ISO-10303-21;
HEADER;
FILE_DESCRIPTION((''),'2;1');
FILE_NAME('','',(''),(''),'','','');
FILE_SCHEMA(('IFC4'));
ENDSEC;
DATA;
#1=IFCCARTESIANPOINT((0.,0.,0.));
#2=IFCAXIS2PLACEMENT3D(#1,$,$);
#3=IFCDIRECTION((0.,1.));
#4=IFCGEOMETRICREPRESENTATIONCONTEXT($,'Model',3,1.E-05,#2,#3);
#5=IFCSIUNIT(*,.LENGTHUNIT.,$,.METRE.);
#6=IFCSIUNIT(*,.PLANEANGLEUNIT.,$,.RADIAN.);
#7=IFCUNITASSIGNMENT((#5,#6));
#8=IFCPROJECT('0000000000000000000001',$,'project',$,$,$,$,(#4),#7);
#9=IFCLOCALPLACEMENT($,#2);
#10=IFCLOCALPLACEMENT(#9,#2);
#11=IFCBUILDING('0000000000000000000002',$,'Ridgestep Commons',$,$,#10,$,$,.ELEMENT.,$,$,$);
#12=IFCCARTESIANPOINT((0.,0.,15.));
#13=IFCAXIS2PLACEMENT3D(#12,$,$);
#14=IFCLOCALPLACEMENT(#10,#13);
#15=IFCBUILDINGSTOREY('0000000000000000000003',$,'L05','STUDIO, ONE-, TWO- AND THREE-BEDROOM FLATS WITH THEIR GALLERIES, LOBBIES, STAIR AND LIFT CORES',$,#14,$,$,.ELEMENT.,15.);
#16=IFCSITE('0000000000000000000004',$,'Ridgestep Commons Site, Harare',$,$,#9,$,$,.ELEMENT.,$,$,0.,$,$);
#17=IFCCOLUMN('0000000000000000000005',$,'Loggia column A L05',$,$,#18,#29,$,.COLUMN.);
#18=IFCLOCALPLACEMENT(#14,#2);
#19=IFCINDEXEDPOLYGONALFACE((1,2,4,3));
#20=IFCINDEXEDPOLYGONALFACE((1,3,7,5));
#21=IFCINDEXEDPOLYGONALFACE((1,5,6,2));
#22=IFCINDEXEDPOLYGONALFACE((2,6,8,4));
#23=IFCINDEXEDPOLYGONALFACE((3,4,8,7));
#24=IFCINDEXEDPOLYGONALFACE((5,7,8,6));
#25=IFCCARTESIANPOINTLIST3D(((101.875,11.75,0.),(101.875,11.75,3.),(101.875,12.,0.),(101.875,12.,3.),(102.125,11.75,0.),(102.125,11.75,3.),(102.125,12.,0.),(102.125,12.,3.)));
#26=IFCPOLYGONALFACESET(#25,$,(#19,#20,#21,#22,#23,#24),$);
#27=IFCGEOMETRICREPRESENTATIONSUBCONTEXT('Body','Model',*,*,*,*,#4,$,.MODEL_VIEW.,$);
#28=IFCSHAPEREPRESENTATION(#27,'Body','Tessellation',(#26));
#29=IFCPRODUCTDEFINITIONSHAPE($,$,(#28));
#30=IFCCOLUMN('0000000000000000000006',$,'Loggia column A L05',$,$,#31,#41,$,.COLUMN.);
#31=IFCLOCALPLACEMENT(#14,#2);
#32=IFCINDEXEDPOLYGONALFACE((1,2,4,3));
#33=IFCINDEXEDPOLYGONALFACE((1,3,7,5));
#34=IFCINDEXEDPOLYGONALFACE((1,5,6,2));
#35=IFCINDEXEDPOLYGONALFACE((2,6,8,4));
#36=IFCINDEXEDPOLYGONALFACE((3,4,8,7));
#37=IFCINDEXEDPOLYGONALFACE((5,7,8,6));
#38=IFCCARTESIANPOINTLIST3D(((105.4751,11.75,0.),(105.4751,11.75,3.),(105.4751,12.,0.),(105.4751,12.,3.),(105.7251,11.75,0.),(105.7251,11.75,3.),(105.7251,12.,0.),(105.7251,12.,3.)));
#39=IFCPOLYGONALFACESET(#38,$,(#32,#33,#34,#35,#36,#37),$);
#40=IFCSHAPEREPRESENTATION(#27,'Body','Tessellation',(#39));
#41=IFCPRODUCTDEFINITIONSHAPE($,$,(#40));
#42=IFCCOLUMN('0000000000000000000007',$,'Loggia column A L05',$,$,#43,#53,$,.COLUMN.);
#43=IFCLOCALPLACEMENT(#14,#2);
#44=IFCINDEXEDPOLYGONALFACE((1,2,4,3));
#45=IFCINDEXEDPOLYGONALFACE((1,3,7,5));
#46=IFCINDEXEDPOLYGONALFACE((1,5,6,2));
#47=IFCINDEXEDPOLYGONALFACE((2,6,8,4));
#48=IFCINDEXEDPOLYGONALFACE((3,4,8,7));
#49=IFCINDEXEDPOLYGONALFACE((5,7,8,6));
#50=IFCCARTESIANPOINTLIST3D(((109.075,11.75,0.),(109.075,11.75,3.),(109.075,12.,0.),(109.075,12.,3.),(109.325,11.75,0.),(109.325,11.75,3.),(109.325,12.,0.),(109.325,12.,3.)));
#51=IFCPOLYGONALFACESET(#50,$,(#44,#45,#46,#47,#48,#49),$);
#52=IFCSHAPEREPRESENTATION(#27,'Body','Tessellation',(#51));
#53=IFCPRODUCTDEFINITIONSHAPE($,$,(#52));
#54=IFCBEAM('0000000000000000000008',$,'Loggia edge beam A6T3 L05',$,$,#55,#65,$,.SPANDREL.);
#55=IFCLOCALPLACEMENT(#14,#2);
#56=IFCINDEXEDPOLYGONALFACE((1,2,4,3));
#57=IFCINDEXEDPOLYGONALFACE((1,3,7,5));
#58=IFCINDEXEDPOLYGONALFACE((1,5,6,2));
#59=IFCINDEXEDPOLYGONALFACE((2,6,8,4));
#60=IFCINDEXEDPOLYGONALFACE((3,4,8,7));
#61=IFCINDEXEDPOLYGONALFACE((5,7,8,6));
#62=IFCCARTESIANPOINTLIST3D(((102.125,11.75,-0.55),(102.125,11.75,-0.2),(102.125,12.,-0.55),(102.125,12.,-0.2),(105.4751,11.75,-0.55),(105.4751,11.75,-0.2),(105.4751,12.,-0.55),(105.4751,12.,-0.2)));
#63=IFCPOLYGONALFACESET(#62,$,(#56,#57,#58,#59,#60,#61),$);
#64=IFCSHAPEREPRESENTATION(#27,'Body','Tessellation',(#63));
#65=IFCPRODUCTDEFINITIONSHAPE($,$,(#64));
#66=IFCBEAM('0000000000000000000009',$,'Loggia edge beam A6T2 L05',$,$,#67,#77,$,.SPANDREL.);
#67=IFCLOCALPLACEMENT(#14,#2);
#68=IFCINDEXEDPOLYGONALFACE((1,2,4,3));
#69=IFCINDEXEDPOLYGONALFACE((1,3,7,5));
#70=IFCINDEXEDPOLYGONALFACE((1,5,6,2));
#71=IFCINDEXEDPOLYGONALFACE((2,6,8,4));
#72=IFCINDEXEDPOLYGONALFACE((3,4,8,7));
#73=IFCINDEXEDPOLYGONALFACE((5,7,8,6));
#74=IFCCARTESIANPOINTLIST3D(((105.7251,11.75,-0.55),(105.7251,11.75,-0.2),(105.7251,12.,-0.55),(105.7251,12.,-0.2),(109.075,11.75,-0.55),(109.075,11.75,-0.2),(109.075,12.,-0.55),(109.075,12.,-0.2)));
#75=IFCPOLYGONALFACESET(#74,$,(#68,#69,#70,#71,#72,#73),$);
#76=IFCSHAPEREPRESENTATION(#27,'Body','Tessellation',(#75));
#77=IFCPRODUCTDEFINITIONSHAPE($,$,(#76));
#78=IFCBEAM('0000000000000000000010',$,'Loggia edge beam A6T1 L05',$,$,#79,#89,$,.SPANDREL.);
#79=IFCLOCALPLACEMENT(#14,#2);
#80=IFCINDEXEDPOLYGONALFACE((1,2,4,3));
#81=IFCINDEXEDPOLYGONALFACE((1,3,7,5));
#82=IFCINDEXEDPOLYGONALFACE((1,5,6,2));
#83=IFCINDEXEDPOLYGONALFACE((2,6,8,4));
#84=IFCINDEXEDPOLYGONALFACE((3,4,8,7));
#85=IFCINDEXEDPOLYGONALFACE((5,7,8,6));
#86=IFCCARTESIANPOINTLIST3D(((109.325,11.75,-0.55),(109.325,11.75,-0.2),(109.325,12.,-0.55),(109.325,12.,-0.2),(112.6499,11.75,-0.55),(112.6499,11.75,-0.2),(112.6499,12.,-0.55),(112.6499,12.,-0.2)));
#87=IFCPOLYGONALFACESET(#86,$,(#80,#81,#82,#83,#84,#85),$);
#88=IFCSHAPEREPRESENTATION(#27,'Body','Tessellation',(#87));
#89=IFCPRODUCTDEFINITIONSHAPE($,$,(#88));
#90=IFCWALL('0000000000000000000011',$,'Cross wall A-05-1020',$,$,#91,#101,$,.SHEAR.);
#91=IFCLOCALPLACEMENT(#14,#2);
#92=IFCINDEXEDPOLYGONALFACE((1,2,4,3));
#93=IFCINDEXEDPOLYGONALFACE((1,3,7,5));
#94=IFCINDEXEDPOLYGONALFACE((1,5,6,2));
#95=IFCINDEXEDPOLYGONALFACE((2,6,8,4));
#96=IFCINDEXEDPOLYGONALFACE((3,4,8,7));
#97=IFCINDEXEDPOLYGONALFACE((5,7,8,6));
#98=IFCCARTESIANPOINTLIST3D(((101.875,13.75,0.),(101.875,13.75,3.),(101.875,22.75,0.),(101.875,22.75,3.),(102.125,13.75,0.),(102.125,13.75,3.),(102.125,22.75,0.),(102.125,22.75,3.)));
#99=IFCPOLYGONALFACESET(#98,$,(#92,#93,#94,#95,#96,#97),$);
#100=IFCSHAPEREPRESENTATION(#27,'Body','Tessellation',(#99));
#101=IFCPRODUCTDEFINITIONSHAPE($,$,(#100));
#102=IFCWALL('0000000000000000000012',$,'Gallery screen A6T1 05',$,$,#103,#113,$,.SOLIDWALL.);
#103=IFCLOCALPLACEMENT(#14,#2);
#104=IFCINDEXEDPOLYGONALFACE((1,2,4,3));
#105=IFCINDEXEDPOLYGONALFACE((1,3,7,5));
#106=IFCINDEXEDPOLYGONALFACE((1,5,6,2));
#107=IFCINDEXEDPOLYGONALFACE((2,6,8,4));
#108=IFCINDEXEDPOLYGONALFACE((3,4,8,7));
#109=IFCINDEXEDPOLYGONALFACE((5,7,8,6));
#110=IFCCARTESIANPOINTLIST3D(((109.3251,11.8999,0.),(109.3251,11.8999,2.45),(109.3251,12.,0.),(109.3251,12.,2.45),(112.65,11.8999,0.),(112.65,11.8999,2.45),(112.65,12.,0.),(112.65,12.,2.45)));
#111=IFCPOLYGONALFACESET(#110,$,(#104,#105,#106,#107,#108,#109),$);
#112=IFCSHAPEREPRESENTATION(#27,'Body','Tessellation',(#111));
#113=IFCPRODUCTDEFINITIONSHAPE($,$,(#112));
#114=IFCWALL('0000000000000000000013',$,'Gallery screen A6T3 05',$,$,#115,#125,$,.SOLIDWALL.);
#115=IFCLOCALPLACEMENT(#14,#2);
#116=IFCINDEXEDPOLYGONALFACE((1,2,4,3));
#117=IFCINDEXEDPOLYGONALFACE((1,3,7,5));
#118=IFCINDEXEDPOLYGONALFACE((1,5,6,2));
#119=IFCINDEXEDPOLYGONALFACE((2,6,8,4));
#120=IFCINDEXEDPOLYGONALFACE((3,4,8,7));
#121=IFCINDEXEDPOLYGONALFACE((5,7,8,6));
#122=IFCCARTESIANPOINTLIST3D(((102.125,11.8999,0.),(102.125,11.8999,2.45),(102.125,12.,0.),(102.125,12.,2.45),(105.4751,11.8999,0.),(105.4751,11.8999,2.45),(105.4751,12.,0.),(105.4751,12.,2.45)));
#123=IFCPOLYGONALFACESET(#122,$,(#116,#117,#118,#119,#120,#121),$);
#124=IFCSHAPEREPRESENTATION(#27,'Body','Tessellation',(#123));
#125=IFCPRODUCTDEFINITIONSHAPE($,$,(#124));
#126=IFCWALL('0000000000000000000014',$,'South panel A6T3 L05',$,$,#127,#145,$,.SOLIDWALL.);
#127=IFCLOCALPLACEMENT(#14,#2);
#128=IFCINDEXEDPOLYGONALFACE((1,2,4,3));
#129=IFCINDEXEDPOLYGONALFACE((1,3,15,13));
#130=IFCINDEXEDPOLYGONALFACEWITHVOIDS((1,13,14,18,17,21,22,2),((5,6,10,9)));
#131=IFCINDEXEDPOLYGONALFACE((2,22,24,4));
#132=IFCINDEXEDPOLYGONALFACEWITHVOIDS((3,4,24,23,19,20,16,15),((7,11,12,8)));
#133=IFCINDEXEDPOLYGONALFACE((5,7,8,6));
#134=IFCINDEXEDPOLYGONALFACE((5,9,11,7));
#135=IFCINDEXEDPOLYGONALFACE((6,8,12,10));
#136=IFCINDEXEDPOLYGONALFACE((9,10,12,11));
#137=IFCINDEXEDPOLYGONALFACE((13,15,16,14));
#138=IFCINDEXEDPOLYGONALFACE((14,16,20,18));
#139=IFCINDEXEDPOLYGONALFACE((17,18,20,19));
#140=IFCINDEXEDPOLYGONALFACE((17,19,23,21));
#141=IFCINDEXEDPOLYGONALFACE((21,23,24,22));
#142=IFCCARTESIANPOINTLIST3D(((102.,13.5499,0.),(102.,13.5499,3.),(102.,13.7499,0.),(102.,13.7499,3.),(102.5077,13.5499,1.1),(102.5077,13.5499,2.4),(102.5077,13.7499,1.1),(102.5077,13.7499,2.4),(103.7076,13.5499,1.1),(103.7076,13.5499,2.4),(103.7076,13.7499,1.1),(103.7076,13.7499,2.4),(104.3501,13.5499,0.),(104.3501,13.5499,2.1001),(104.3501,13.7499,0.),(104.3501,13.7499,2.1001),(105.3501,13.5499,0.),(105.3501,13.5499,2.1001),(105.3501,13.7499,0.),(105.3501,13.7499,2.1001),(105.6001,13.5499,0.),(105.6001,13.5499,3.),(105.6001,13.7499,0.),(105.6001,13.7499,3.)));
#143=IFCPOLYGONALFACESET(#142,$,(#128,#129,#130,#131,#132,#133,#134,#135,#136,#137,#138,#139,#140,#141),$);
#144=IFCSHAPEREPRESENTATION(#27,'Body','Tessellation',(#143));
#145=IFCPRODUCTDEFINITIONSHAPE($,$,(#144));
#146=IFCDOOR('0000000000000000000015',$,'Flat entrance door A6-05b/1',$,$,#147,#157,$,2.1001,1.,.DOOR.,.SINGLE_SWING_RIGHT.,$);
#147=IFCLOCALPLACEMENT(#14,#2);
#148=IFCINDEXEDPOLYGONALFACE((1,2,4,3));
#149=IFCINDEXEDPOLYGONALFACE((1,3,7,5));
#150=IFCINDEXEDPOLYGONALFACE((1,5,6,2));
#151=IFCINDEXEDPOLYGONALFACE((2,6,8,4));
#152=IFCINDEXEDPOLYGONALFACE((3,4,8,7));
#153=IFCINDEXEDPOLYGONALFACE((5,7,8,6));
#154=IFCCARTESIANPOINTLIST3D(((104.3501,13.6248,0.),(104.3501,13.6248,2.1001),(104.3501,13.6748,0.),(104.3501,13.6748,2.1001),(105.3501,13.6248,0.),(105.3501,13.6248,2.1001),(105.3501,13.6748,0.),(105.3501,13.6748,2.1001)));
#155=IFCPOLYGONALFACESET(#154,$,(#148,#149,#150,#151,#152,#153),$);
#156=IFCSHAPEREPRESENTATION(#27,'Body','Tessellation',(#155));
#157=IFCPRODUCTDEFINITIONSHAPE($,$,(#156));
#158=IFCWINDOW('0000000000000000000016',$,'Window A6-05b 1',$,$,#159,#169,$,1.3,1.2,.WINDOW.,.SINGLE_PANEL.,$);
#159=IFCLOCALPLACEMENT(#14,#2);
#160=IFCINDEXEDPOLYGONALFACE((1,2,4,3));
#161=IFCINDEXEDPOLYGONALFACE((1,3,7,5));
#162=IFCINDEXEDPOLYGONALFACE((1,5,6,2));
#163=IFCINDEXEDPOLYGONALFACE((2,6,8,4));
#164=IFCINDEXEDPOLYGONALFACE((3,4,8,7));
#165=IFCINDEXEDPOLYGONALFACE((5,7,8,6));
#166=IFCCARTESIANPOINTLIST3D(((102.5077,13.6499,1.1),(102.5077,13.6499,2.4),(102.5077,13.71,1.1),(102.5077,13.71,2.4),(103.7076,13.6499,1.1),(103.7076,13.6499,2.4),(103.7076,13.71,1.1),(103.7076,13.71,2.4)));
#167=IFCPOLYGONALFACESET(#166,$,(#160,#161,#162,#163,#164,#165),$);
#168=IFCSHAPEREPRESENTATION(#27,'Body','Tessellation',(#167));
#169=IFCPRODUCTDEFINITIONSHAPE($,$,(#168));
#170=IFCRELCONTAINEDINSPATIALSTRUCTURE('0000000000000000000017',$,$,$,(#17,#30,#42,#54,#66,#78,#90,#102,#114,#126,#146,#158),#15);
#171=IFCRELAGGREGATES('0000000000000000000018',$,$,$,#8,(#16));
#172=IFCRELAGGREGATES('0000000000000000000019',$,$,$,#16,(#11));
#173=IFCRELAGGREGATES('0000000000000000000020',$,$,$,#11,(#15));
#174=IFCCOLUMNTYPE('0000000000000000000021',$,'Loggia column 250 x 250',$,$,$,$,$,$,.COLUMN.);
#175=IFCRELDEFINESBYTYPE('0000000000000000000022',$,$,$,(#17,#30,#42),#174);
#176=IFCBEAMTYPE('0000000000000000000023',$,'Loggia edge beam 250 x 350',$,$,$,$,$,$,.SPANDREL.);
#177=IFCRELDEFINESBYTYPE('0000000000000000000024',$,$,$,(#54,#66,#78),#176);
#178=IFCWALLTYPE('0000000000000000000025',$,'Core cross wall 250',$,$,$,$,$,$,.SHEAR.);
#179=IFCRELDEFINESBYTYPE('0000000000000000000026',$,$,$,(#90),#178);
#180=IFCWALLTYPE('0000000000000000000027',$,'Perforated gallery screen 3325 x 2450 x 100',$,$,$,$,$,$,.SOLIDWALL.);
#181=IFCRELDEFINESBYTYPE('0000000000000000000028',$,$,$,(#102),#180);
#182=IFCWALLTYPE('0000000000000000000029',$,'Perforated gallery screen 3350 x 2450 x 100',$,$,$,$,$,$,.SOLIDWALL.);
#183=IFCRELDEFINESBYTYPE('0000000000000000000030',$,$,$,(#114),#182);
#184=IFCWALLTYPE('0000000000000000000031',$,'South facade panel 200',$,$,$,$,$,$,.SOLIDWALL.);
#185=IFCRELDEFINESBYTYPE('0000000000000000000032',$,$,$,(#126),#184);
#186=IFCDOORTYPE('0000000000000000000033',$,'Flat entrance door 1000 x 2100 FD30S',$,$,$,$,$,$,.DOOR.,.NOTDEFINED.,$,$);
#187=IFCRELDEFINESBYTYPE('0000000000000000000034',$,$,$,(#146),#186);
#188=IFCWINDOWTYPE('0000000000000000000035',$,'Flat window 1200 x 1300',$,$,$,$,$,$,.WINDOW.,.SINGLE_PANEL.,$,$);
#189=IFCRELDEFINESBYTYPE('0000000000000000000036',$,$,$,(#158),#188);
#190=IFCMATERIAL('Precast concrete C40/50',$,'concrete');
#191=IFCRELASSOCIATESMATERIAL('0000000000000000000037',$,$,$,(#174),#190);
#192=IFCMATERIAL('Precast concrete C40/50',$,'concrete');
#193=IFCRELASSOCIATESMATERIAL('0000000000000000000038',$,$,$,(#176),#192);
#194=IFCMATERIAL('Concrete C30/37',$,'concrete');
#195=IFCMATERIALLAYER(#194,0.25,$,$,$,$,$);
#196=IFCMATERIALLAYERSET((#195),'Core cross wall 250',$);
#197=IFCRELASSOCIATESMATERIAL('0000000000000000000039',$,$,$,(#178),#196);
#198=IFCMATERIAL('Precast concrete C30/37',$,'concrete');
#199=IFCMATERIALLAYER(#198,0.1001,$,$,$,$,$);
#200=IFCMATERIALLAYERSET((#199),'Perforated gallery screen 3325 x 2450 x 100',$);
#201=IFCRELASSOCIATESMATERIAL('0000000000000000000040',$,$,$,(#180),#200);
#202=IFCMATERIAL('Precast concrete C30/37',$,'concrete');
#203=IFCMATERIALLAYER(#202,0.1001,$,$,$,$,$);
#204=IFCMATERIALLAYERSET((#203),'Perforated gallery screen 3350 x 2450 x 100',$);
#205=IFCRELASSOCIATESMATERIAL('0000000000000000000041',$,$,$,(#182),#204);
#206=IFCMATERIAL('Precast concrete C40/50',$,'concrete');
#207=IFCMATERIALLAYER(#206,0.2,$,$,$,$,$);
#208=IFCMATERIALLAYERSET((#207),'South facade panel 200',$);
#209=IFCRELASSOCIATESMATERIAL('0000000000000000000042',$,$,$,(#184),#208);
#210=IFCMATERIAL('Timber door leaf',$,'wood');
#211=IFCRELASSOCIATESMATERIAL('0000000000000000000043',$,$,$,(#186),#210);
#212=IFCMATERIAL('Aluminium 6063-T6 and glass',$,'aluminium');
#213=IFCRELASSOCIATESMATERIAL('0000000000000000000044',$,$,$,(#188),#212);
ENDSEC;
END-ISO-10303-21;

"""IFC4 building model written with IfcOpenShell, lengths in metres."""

from ifc_helpers import new_model, si_unit, direction, frame, frame_2d, origin, origin_2d, place, context, subcontext, project, spatial, rectangle, extrude, material, layer, layer_set, material_profile, profile_set, type_object, element, fill, save


model = new_model("IFC4")

# Units and contexts
model_context = context("Model", 3, precision=1e-05, world=origin(), true_north=direction((0.0, 1.0)))
body_context = subcontext(model_context, "Body", "Model", "MODEL_VIEW")
ifc_project = project(units=[si_unit("LENGTHUNIT", "METRE"), si_unit("PLANEANGLEUNIT", "RADIAN")], contexts=[model_context])

# Site, building, storey
site_placement = place(None, origin())
site = spatial("IfcSite", under=ifc_project, at=site_placement, Name="Ridgestep Commons Site, Harare", CompositionType="ELEMENT", RefElevation=0.0)
building_placement = place(site_placement, origin())
building = spatial("IfcBuilding", under=site, at=building_placement, Name="Ridgestep Commons", CompositionType="ELEMENT")
storey_placement = place(building_placement, frame((0.0, 0.0, 15.0)))
storey = spatial("IfcBuildingStorey", under=building, at=storey_placement, Name="L05", Description="STUDIO, ONE-, TWO- AND THREE-BEDROOM FLATS WITH THEIR GALLERIES, LOBBIES, STAIR AND LIFT CORES", CompositionType="ELEMENT", Elevation=15.0)

# Columns
ifc_material_1 = material(Name="Precast concrete C40/50", Category="concrete")
ifc_material_profile_1 = material_profile(ifc_material_1, rectangle(XDim=0.25, YDim=0.25, at=origin_2d()), Name="PC 250x250")
ifc_profile_set_1 = profile_set([ifc_material_profile_1], Name="Precast concrete C40/50")
column_type = type_object("IfcColumnType", Name="Loggia column 250 x 250", PredefinedType="COLUMN", material=ifc_profile_set_1)
for number, where, z_axis, x_axis, name in (
    (1, (102.0, 11.875, 0.0), (0.0, 0.0, 1.0), (1.0, 0.0, 0.0), "Loggia column A L05"),
    (2, (105.6001, 11.875, 0.0), (0.0, 0.0, 1.0), (1.0, 0.0, 0.0), "Loggia column A L05"),
    (3, (109.2, 11.875, 0.0), (0.0, 0.0, 1.0), (1.0, 0.0, 0.0), "Loggia column A L05"),
):
    element("IfcColumn", number, at=place(storey_placement, frame(where, z_axis=z_axis, x_axis=x_axis)), inside=storey, type_object=column_type, Name=name, PredefinedType="COLUMN", context=body_context, shape_type="SweptSolid", body=[
        extrude(rectangle(XDim=0.25, YDim=0.25, at=origin_2d()), origin(), (0.0, 0.0, 1.0), 3.0),
    ])

# Beams
ifc_material_2 = material(Name="Precast concrete C40/50", Category="concrete")
ifc_material_profile_2 = material_profile(ifc_material_2, rectangle(XDim=0.25, YDim=0.3501, at=origin_2d()), Name="PC 250x350")
ifc_profile_set_2 = profile_set([ifc_material_profile_2], Name="Precast concrete C40/50")
beam_type = type_object("IfcBeamType", Name="Loggia edge beam 250 x 350", PredefinedType="SPANDREL", material=ifc_profile_set_2)
beam_1_placement = place(storey_placement, frame((102.125, 11.875, -0.375), z_axis=(1.0, 0.0, 0.0), x_axis=(0.0, 1.0, 0.0)))
element("IfcBeam", 4, at=beam_1_placement, inside=storey, type_object=beam_type, Name="Loggia edge beam A6T3 L05", PredefinedType="SPANDREL", context=body_context, shape_type="SweptSolid", body=[
    extrude(rectangle(XDim=0.25, YDim=0.3501, at=origin_2d()), origin(), (0.0, 0.0, 1.0), 3.3501),
])
beam_2_placement = place(storey_placement, frame((105.7251, 11.875, -0.375), z_axis=(1.0, 0.0, 0.0), x_axis=(0.0, 1.0, 0.0)))
element("IfcBeam", 5, at=beam_2_placement, inside=storey, type_object=beam_type, Name="Loggia edge beam A6T2 L05", PredefinedType="SPANDREL", context=body_context, shape_type="SweptSolid", body=[
    extrude(rectangle(XDim=0.25, YDim=0.3501, at=origin_2d()), origin(), (0.0, 0.0, 1.0), 3.3499),
])
beam_3_placement = place(storey_placement, frame((109.325, 11.875, -0.375), z_axis=(1.0, 0.0, 0.0), x_axis=(0.0, 1.0, 0.0)))
element("IfcBeam", 6, at=beam_3_placement, inside=storey, type_object=beam_type, Name="Loggia edge beam A6T1 L05", PredefinedType="SPANDREL", context=body_context, shape_type="SweptSolid", body=[
    extrude(rectangle(XDim=0.25, YDim=0.3501, at=origin_2d()), origin(), (0.0, 0.0, 1.0), 3.325),
])

# Walls
ifc_material_3 = material(Name="Concrete C30/37", Category="concrete")
ifc_layer_1 = layer(ifc_material_3, 0.25)
ifc_layer_set_1 = layer_set([ifc_layer_1], Name="Core cross wall 250")
wall_type_1 = type_object("IfcWallType", Name="Core cross wall 250", PredefinedType="SHEAR", material=ifc_layer_set_1)
wall_1_placement = place(storey_placement, frame((102.0, 13.75, 0.0), z_axis=(0.0, 0.0, 1.0), x_axis=(0.0, 1.0, 0.0)))
element("IfcWall", 7, at=wall_1_placement, inside=storey, type_object=wall_type_1, Name="Cross wall A-05-1020", PredefinedType="SHEAR", context=body_context, shape_type="SweptSolid", body=[
    extrude(rectangle(XDim=9.0, YDim=0.25, at=frame_2d((4.5, 0.0))), origin(), (0.0, 0.0, 1.0), 3.0),
])
ifc_material_4 = material(Name="Precast concrete C30/37", Category="concrete")
ifc_layer_2 = layer(ifc_material_4, 0.1001)
ifc_layer_set_2 = layer_set([ifc_layer_2], Name="Perforated gallery screen 3325 x 2450 x 100")
wall_type_2 = type_object("IfcWallType", Name="Perforated gallery screen 3325 x 2450 x 100", PredefinedType="SOLIDWALL", material=ifc_layer_set_2)
wall_2_placement = place(storey_placement, frame((109.325, 11.95, 0.0), z_axis=(0.0, 0.0, 1.0), x_axis=(1.0, 0.0, 0.0)))
element("IfcWall", 8, at=wall_2_placement, inside=storey, type_object=wall_type_2, Name="Gallery screen A6T1 05", PredefinedType="SOLIDWALL", context=body_context, shape_type="SweptSolid", body=[
    extrude(rectangle(XDim=3.325, YDim=0.1001, at=frame_2d((1.6626, 0.0))), origin(), (0.0, 0.0, 1.0), 2.45),
])
ifc_material_5 = material(Name="Precast concrete C30/37", Category="concrete")
ifc_layer_3 = layer(ifc_material_5, 0.1001)
ifc_layer_set_3 = layer_set([ifc_layer_3], Name="Perforated gallery screen 3350 x 2450 x 100")
wall_type_3 = type_object("IfcWallType", Name="Perforated gallery screen 3350 x 2450 x 100", PredefinedType="SOLIDWALL", material=ifc_layer_set_3)
wall_3_placement = place(storey_placement, frame((102.125, 11.95, 0.0), z_axis=(0.0, 0.0, 1.0), x_axis=(1.0, 0.0, 0.0)))
element("IfcWall", 9, at=wall_3_placement, inside=storey, type_object=wall_type_3, Name="Gallery screen A6T3 05", PredefinedType="SOLIDWALL", context=body_context, shape_type="SweptSolid", body=[
    extrude(rectangle(XDim=3.3501, YDim=0.1001, at=frame_2d((1.675, 0.0))), origin(), (0.0, 0.0, 1.0), 2.45),
])

# Wall, openings, door, window
ifc_material_6 = material(Name="Precast concrete C40/50", Category="concrete")
ifc_layer_4 = layer(ifc_material_6, 0.2)
ifc_layer_set_4 = layer_set([ifc_layer_4], Name="South facade panel 200")
wall_type_4 = type_object("IfcWallType", Name="South facade panel 200", PredefinedType="SOLIDWALL", material=ifc_layer_set_4)
wall_4_placement = place(storey_placement, frame((102.0, 13.6499, 0.0), z_axis=(0.0, 0.0, 1.0), x_axis=(1.0, 0.0, 0.0)))
wall_4 = element("IfcWall", 10, at=wall_4_placement, inside=storey, type_object=wall_type_4, Name="South panel A6T3 L05", PredefinedType="SOLIDWALL", context=body_context, shape_type="SweptSolid", body=[
    extrude(rectangle(XDim=3.6001, YDim=0.2, at=frame_2d((1.8, 0.0))), origin(), (0.0, 0.0, 1.0), 3.0),
])
opening_1_placement = place(wall_4_placement, frame((0.5076, 0.0, 1.1001)))
opening_1 = element("IfcOpeningElement", 11, at=opening_1_placement, cuts=wall_4, PredefinedType="OPENING", context=body_context, shape_type="SweptSolid", body=[
    extrude(rectangle(XDim=1.2, YDim=1.3, at=frame_2d((0.6001, 0.6499))), frame((0.0, 0.1099, 0.0), z_axis=(0.0, -1.0, 0.0), x_axis=(1.0, 0.0, 0.0)), (0.0, 0.0, 1.0), 0.22),
])
opening_2_placement = place(wall_4_placement, frame((2.3501, 0.0, 0.0)))
opening_2 = element("IfcOpeningElement", 12, at=opening_2_placement, cuts=wall_4, PredefinedType="OPENING", context=body_context, shape_type="SweptSolid", body=[
    extrude(rectangle(XDim=1.0, YDim=2.1001, at=frame_2d((0.5, 1.05))), frame((0.0, 0.1099, 0.0), z_axis=(0.0, -1.0, 0.0), x_axis=(1.0, 0.0, 0.0)), (0.0, 0.0, 1.0), 0.22),
])
ifc_material_7 = material(Name="Timber door leaf", Category="wood")
door_type = type_object("IfcDoorType", Name="Flat entrance door 1000 x 2100 FD30S", OperationType="NOTDEFINED", PredefinedType="DOOR", material=ifc_material_7)
door_1_placement = place(opening_2_placement, origin())
door_1 = element("IfcDoor", 13, at=door_1_placement, inside=storey, type_object=door_type, Name="Flat entrance door A6-05b/1", OperationType="SINGLE_SWING_RIGHT", OverallHeight=2.1001, OverallWidth=1.0, PredefinedType="DOOR", context=body_context, shape_type="SweptSolid", body=[
    extrude(rectangle(XDim=1.0, YDim=2.1001, at=frame_2d((0.5, 1.05))), frame((0.0, 0.0249, 0.0), z_axis=(0.0, -1.0, 0.0), x_axis=(1.0, 0.0, 0.0)), (0.0, 0.0, 1.0), 0.05),
])
fill(opening_2, door_1)
ifc_material_8 = material(Name="Aluminium 6063-T6 and glass", Category="aluminium")
window_type_1 = type_object("IfcWindowType", Name="Flat window 1200 x 1300", PartitioningType="SINGLE_PANEL", PredefinedType="WINDOW", material=ifc_material_8)
window_1_placement = place(opening_1_placement, origin())
window_1 = element("IfcWindow", 14, at=window_1_placement, inside=storey, type_object=window_type_1, Name="Window A6-05b 1", OverallHeight=1.3, OverallWidth=1.2, PartitioningType="SINGLE_PANEL", PredefinedType="WINDOW", context=body_context, shape_type="SweptSolid", body=[
    extrude(rectangle(XDim=1.2, YDim=1.3, at=frame_2d((0.6001, 0.6499))), frame((0.0, 0.0601, 0.0), z_axis=(0.0, -1.0, 0.0), x_axis=(1.0, 0.0, 0.0)), (0.0, 0.0, 1.0), 0.0601),
])
fill(opening_1, window_1)

save(model, "model.ifc")
